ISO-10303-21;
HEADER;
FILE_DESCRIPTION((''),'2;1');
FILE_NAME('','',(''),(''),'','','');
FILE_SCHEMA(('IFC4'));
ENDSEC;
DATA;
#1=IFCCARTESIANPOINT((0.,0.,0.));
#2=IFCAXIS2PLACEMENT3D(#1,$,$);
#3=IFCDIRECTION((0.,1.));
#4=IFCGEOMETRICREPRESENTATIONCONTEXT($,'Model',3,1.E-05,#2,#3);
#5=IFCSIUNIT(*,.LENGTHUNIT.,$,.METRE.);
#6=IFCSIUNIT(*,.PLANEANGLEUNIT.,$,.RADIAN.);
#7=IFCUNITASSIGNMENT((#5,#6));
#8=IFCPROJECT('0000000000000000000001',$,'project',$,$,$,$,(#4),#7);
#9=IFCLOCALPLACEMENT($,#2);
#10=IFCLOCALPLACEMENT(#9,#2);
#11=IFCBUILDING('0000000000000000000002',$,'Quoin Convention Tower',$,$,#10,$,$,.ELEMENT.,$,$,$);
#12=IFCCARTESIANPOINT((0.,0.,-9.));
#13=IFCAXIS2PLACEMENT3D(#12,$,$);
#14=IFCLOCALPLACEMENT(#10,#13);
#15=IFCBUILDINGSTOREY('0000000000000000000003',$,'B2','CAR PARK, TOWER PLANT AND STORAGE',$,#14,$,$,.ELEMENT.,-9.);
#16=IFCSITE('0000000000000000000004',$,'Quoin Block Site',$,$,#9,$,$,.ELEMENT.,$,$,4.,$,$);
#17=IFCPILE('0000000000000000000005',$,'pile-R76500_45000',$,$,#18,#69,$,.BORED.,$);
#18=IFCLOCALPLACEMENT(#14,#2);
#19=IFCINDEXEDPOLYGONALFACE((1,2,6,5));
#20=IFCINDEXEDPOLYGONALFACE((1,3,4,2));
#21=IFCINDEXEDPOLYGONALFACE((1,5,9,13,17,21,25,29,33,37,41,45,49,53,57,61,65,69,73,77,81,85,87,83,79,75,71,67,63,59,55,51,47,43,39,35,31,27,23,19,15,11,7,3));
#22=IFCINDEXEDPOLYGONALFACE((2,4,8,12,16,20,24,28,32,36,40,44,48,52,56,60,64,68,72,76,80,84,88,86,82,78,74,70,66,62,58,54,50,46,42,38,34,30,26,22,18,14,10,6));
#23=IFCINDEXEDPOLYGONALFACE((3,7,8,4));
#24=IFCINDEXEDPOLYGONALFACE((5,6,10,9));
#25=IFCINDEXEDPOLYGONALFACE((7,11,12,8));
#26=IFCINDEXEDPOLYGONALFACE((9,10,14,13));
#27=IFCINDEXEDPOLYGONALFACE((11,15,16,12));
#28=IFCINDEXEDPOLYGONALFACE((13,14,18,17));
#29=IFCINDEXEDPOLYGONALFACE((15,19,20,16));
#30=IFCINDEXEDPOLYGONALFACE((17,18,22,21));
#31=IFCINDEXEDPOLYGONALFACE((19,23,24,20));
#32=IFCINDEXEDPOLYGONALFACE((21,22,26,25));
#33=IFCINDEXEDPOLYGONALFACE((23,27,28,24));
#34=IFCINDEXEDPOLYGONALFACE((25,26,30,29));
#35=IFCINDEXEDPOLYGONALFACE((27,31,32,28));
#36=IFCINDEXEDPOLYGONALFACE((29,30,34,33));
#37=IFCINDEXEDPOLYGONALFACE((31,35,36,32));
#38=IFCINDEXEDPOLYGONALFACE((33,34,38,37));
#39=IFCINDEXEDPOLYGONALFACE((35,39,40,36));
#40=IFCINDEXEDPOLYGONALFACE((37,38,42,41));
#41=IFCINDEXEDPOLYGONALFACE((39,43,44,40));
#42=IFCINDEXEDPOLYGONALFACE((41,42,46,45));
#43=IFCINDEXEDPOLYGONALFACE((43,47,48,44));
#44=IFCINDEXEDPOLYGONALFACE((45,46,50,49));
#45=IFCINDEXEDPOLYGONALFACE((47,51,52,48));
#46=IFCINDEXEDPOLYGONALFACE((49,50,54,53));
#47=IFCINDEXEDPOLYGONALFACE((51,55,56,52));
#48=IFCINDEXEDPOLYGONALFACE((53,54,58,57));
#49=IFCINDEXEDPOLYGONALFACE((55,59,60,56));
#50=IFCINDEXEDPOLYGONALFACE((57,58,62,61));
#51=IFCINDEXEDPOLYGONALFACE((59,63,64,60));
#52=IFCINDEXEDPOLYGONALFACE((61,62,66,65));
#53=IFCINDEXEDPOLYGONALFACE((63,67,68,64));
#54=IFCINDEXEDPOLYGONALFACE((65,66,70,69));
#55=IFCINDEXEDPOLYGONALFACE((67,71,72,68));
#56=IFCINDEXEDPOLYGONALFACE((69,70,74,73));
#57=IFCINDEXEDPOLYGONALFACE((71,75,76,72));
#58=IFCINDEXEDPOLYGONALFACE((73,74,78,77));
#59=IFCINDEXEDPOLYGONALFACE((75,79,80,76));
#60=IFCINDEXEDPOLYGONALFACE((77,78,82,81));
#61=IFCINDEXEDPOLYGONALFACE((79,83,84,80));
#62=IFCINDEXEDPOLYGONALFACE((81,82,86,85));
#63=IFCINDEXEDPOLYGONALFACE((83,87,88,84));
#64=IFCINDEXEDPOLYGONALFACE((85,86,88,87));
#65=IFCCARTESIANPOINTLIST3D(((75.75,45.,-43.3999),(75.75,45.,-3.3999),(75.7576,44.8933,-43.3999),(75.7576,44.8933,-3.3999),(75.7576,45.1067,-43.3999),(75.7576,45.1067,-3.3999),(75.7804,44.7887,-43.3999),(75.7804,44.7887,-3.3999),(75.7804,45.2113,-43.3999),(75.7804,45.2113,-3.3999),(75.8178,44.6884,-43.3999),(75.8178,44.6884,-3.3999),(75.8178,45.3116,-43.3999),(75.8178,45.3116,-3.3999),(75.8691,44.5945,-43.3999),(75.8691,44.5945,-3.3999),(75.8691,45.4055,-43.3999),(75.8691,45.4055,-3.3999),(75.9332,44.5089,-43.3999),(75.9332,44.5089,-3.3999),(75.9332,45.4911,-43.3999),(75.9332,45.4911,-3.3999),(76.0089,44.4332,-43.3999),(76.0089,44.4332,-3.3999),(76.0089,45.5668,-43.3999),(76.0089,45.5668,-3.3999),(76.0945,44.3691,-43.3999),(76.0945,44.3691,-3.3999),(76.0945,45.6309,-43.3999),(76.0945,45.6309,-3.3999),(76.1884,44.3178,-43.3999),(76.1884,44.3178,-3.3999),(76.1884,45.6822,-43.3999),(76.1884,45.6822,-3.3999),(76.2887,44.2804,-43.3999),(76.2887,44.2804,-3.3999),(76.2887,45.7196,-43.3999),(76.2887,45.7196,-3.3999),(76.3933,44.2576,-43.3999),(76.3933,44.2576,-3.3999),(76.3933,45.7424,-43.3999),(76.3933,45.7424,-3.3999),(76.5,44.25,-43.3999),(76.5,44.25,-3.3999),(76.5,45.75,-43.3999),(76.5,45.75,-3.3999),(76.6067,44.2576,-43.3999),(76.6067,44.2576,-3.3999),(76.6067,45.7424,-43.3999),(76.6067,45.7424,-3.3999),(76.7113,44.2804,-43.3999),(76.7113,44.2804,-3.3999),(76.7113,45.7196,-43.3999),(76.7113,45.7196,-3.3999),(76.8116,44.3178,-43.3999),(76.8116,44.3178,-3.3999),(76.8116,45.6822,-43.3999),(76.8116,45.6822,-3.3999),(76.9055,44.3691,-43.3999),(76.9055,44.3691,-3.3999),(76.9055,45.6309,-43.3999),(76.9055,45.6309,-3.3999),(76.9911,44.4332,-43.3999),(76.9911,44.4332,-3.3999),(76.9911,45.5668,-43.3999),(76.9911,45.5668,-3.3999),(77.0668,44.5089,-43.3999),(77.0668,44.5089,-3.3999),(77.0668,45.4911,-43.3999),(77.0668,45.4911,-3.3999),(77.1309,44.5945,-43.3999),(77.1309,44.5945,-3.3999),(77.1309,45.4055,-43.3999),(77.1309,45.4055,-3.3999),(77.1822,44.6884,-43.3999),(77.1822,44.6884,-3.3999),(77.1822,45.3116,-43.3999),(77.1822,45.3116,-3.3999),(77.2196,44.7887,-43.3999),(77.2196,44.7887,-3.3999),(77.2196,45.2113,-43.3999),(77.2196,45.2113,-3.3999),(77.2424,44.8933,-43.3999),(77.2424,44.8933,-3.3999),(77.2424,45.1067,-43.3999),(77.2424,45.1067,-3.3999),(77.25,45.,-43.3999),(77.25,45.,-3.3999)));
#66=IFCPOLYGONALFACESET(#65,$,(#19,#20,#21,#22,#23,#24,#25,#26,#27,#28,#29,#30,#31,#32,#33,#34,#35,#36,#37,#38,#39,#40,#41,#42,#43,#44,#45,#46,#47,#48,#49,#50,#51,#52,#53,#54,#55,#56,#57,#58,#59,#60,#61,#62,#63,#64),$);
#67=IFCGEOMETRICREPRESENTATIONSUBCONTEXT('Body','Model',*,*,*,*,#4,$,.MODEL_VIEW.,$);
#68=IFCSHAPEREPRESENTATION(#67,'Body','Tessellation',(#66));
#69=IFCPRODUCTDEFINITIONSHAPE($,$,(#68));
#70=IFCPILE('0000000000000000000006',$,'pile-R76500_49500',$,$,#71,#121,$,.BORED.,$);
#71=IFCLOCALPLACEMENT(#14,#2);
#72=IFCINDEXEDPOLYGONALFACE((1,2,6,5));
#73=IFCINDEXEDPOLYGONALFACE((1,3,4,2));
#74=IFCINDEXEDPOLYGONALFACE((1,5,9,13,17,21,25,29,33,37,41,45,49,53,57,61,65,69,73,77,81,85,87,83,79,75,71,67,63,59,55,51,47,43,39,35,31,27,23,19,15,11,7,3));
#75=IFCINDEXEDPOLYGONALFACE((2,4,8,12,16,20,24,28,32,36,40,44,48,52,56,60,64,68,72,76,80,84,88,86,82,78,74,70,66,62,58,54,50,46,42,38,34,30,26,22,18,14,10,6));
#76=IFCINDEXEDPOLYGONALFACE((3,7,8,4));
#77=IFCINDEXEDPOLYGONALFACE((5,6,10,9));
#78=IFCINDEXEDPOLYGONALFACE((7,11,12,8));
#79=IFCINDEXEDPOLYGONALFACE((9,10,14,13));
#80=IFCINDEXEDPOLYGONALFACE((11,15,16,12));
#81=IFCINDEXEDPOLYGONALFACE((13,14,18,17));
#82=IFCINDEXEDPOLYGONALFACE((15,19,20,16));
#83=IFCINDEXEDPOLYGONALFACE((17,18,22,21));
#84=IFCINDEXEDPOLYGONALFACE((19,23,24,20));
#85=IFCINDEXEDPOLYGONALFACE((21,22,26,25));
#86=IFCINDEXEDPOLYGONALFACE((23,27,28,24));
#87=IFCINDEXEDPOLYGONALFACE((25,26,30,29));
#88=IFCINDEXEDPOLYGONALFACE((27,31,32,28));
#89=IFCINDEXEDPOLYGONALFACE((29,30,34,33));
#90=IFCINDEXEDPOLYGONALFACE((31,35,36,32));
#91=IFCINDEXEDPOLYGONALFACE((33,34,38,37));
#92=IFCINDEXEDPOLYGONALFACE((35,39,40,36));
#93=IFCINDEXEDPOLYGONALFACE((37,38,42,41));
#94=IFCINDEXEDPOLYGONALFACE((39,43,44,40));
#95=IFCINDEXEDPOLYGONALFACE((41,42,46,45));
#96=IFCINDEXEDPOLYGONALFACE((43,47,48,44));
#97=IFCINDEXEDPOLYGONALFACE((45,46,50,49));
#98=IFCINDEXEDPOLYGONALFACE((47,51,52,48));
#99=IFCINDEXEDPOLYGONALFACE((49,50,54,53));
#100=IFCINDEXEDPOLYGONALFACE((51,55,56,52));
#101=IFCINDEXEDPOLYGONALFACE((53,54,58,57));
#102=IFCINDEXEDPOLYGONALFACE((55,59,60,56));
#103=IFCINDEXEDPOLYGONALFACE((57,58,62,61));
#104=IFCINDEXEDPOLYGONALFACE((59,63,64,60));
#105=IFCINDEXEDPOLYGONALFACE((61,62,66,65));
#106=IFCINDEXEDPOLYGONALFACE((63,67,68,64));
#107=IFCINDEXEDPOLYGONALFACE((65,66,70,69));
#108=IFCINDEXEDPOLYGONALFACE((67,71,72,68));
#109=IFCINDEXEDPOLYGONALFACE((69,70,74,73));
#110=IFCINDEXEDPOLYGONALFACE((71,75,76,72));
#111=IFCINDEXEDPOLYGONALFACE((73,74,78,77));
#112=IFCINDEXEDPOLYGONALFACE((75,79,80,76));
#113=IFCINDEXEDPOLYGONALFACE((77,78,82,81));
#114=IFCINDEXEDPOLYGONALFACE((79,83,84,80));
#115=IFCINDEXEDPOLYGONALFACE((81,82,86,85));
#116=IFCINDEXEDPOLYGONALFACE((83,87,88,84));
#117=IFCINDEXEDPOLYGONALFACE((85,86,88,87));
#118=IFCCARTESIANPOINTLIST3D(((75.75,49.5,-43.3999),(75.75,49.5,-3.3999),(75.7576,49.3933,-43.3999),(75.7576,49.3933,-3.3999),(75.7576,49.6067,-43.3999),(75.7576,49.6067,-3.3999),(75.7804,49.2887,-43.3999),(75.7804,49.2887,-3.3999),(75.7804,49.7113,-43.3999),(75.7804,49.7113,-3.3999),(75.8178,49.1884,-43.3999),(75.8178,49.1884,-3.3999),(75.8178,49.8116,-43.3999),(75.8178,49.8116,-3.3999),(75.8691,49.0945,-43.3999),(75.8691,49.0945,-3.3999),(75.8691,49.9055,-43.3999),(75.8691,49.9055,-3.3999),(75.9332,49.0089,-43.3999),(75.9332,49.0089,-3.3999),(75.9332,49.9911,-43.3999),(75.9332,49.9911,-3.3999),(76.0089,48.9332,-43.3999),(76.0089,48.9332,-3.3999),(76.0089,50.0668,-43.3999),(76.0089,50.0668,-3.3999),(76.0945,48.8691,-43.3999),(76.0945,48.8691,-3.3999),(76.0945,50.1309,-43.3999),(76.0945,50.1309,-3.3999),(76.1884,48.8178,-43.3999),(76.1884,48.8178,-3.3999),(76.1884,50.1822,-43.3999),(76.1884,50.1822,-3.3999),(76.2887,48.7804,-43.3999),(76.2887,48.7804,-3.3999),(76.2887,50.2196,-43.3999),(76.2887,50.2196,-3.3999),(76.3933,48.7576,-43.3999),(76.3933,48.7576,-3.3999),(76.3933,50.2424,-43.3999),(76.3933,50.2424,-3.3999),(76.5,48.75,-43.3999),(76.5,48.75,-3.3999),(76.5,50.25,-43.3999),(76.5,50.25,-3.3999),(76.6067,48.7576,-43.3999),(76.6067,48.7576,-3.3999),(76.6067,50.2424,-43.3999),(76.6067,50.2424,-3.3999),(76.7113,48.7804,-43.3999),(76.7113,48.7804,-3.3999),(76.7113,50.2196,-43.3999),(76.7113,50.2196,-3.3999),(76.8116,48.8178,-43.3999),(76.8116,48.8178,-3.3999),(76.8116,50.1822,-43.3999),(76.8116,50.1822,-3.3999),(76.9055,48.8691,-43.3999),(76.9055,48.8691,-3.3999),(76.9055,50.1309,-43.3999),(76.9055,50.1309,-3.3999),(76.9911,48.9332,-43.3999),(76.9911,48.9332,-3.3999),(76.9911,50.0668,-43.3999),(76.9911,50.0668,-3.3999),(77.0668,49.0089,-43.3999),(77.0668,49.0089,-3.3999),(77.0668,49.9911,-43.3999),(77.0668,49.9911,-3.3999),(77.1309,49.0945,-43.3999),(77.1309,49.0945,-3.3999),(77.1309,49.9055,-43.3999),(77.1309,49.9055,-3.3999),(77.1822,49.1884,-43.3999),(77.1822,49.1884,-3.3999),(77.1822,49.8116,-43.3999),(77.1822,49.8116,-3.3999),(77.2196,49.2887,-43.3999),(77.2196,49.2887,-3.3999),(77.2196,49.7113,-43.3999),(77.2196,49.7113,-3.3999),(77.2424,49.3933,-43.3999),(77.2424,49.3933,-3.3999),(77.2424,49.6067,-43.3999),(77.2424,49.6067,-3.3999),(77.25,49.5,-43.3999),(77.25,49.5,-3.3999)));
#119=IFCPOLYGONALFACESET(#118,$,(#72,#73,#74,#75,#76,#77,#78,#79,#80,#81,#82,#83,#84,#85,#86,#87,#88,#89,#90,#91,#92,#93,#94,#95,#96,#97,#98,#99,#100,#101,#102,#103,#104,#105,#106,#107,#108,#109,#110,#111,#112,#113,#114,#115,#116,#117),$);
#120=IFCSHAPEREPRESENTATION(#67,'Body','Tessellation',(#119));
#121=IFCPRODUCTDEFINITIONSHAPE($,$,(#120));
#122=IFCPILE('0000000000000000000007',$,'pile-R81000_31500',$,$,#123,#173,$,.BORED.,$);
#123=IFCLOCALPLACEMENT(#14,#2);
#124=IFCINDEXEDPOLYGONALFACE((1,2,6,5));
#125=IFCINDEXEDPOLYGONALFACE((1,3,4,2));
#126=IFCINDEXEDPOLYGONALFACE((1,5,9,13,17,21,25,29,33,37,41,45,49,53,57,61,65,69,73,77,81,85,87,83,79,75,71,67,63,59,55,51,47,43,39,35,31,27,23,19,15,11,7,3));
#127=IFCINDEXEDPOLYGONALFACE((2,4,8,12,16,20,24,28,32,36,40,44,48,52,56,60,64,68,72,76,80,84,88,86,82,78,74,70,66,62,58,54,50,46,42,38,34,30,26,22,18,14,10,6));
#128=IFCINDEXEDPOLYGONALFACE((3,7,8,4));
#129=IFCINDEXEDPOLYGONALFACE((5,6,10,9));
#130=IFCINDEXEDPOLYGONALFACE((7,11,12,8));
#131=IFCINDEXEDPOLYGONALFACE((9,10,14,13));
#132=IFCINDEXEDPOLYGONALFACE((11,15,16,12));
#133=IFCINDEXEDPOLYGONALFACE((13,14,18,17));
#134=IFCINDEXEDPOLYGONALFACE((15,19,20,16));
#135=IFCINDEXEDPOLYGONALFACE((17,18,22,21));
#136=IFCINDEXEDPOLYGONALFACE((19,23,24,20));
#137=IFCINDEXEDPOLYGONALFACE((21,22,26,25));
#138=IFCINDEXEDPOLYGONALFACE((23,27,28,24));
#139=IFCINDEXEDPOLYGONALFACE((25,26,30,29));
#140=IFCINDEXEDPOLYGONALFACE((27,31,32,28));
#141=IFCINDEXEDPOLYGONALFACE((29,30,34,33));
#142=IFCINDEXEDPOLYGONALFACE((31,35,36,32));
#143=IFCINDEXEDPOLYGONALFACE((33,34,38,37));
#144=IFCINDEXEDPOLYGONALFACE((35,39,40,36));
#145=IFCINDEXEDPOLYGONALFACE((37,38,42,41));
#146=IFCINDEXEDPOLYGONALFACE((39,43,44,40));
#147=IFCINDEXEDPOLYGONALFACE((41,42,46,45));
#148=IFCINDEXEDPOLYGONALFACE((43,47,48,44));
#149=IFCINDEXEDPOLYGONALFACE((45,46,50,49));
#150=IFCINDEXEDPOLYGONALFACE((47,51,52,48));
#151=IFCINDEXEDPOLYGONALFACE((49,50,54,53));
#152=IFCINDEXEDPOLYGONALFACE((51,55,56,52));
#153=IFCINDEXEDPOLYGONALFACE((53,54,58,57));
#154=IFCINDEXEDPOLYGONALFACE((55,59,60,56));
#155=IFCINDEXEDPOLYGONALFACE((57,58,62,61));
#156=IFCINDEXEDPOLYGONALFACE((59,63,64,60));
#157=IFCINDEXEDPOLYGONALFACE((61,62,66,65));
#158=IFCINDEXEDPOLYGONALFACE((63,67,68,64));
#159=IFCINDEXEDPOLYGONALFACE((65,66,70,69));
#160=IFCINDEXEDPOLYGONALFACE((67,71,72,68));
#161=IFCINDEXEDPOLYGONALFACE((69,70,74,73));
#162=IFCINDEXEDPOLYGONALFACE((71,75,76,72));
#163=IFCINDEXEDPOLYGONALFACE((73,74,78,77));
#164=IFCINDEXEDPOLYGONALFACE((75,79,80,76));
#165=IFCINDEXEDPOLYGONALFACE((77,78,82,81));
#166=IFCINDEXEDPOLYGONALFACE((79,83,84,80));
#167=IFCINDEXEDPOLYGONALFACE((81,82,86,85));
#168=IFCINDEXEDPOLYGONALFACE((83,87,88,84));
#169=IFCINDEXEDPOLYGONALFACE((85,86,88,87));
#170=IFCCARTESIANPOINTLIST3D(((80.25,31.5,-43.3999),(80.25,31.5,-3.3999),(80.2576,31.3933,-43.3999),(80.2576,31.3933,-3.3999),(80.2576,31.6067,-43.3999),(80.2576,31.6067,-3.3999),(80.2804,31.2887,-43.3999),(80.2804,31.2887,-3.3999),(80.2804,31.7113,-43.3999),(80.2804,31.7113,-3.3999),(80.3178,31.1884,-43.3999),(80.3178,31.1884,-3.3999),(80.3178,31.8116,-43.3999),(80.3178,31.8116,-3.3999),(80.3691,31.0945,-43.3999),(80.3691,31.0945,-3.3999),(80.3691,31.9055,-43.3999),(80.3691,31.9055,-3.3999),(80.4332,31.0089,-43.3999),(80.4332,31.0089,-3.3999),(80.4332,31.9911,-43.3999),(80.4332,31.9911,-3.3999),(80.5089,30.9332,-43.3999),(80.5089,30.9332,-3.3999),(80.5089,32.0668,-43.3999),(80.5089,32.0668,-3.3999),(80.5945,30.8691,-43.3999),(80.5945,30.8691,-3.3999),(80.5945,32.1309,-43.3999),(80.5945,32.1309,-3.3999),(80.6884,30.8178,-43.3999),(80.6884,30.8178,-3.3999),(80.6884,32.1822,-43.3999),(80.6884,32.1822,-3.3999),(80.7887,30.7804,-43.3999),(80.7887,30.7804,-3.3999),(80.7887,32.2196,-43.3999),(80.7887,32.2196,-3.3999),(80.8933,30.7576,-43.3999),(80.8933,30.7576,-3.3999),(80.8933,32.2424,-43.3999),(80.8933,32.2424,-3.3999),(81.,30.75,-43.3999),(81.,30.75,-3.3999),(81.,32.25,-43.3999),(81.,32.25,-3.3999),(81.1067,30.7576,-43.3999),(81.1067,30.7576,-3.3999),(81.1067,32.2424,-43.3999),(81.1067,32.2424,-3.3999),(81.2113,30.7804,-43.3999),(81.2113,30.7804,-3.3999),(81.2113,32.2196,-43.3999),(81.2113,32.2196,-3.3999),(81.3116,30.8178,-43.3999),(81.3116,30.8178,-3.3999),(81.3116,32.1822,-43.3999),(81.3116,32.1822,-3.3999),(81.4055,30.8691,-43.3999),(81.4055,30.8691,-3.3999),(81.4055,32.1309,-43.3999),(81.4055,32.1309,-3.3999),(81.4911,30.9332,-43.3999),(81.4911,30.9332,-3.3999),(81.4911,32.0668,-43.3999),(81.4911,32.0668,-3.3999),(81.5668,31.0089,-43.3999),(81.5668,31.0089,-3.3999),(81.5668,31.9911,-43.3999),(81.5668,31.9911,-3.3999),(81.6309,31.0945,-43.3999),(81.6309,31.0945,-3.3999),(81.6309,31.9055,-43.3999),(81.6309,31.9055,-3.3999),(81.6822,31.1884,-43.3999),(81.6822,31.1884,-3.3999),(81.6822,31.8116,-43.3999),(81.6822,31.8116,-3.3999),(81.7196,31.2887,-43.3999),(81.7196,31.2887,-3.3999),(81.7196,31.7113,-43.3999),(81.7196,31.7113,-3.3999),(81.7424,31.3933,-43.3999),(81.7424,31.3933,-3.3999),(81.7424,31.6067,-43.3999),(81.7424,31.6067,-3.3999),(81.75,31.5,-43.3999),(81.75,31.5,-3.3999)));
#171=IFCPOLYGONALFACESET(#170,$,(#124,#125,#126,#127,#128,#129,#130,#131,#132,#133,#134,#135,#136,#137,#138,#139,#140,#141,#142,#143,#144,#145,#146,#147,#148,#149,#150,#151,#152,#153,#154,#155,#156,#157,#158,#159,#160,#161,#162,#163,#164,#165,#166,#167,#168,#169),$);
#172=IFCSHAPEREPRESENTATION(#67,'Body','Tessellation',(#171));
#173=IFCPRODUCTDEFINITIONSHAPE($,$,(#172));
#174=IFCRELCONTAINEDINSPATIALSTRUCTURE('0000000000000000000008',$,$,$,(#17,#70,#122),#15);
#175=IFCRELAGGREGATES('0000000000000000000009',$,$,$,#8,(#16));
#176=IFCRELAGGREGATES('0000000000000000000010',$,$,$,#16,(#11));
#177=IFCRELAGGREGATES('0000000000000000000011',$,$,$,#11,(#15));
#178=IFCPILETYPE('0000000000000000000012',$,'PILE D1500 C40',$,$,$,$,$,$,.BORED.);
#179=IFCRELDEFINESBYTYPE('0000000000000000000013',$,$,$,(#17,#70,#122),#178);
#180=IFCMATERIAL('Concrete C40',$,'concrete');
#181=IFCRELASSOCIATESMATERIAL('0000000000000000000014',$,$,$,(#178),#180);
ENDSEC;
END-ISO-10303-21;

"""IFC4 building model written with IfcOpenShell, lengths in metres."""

from ifc_helpers import new_model, si_unit, direction, frame, origin, origin_2d, place, context, subcontext, project, spatial, circle, extrude, material, material_profile, profile_set, type_object, element, save


model = new_model("IFC4")

# Units and contexts
model_context = context("Model", 3, precision=1e-05, world=origin(), true_north=direction((0.0, 1.0)))
body_context = subcontext(model_context, "Body", "Model", "MODEL_VIEW")
ifc_project = project(units=[si_unit("LENGTHUNIT", "METRE"), si_unit("PLANEANGLEUNIT", "RADIAN")], contexts=[model_context])

# Site, building, storey
site_placement = place(None, origin())
site = spatial("IfcSite", under=ifc_project, at=site_placement, Name="Quoin Block Site", CompositionType="ELEMENT", RefElevation=4.0)
building_placement = place(site_placement, origin())
building = spatial("IfcBuilding", under=site, at=building_placement, Name="Quoin Convention Tower", CompositionType="ELEMENT")
storey_placement = place(building_placement, frame((0.0, 0.0, -9.0)))
storey = spatial("IfcBuildingStorey", under=building, at=storey_placement, Name="B2", Description="CAR PARK, TOWER PLANT AND STORAGE", CompositionType="ELEMENT", Elevation=-9.0)

# Piles
ifc_material_1 = material(Name="Concrete C40", Category="concrete")
ifc_material_profile_1 = material_profile(ifc_material_1, circle(Radius=0.75, at=origin_2d()), Name="D1500")
ifc_profile_set_1 = profile_set([ifc_material_profile_1], Name="Concrete C40")
pile_type = type_object("IfcPileType", Name="PILE D1500 C40", PredefinedType="BORED", material=ifc_profile_set_1)
for number, where, z_axis, x_axis, name in (
    (1, (76.5, 45.0, -3.3999), (0.0, 0.0, -1.0), (1.0, 0.0, 0.0), "pile-R76500_45000"),
    (2, (76.5, 49.5, -3.3999), (0.0, 0.0, -1.0), (1.0, 0.0, 0.0), "pile-R76500_49500"),
    (3, (81.0, 31.5, -3.3999), (0.0, 0.0, -1.0), (1.0, 0.0, 0.0), "pile-R81000_31500"),
):
    element("IfcPile", number, at=place(storey_placement, frame(where, z_axis=z_axis, x_axis=x_axis)), inside=storey, type_object=pile_type, Name=name, PredefinedType="BORED", context=body_context, shape_type="SweptSolid", body=[
        extrude(circle(Radius=0.75, at=origin_2d()), origin(), (0.0, 0.0, 1.0), 40.0),
    ])

save(model, "model.ifc")
